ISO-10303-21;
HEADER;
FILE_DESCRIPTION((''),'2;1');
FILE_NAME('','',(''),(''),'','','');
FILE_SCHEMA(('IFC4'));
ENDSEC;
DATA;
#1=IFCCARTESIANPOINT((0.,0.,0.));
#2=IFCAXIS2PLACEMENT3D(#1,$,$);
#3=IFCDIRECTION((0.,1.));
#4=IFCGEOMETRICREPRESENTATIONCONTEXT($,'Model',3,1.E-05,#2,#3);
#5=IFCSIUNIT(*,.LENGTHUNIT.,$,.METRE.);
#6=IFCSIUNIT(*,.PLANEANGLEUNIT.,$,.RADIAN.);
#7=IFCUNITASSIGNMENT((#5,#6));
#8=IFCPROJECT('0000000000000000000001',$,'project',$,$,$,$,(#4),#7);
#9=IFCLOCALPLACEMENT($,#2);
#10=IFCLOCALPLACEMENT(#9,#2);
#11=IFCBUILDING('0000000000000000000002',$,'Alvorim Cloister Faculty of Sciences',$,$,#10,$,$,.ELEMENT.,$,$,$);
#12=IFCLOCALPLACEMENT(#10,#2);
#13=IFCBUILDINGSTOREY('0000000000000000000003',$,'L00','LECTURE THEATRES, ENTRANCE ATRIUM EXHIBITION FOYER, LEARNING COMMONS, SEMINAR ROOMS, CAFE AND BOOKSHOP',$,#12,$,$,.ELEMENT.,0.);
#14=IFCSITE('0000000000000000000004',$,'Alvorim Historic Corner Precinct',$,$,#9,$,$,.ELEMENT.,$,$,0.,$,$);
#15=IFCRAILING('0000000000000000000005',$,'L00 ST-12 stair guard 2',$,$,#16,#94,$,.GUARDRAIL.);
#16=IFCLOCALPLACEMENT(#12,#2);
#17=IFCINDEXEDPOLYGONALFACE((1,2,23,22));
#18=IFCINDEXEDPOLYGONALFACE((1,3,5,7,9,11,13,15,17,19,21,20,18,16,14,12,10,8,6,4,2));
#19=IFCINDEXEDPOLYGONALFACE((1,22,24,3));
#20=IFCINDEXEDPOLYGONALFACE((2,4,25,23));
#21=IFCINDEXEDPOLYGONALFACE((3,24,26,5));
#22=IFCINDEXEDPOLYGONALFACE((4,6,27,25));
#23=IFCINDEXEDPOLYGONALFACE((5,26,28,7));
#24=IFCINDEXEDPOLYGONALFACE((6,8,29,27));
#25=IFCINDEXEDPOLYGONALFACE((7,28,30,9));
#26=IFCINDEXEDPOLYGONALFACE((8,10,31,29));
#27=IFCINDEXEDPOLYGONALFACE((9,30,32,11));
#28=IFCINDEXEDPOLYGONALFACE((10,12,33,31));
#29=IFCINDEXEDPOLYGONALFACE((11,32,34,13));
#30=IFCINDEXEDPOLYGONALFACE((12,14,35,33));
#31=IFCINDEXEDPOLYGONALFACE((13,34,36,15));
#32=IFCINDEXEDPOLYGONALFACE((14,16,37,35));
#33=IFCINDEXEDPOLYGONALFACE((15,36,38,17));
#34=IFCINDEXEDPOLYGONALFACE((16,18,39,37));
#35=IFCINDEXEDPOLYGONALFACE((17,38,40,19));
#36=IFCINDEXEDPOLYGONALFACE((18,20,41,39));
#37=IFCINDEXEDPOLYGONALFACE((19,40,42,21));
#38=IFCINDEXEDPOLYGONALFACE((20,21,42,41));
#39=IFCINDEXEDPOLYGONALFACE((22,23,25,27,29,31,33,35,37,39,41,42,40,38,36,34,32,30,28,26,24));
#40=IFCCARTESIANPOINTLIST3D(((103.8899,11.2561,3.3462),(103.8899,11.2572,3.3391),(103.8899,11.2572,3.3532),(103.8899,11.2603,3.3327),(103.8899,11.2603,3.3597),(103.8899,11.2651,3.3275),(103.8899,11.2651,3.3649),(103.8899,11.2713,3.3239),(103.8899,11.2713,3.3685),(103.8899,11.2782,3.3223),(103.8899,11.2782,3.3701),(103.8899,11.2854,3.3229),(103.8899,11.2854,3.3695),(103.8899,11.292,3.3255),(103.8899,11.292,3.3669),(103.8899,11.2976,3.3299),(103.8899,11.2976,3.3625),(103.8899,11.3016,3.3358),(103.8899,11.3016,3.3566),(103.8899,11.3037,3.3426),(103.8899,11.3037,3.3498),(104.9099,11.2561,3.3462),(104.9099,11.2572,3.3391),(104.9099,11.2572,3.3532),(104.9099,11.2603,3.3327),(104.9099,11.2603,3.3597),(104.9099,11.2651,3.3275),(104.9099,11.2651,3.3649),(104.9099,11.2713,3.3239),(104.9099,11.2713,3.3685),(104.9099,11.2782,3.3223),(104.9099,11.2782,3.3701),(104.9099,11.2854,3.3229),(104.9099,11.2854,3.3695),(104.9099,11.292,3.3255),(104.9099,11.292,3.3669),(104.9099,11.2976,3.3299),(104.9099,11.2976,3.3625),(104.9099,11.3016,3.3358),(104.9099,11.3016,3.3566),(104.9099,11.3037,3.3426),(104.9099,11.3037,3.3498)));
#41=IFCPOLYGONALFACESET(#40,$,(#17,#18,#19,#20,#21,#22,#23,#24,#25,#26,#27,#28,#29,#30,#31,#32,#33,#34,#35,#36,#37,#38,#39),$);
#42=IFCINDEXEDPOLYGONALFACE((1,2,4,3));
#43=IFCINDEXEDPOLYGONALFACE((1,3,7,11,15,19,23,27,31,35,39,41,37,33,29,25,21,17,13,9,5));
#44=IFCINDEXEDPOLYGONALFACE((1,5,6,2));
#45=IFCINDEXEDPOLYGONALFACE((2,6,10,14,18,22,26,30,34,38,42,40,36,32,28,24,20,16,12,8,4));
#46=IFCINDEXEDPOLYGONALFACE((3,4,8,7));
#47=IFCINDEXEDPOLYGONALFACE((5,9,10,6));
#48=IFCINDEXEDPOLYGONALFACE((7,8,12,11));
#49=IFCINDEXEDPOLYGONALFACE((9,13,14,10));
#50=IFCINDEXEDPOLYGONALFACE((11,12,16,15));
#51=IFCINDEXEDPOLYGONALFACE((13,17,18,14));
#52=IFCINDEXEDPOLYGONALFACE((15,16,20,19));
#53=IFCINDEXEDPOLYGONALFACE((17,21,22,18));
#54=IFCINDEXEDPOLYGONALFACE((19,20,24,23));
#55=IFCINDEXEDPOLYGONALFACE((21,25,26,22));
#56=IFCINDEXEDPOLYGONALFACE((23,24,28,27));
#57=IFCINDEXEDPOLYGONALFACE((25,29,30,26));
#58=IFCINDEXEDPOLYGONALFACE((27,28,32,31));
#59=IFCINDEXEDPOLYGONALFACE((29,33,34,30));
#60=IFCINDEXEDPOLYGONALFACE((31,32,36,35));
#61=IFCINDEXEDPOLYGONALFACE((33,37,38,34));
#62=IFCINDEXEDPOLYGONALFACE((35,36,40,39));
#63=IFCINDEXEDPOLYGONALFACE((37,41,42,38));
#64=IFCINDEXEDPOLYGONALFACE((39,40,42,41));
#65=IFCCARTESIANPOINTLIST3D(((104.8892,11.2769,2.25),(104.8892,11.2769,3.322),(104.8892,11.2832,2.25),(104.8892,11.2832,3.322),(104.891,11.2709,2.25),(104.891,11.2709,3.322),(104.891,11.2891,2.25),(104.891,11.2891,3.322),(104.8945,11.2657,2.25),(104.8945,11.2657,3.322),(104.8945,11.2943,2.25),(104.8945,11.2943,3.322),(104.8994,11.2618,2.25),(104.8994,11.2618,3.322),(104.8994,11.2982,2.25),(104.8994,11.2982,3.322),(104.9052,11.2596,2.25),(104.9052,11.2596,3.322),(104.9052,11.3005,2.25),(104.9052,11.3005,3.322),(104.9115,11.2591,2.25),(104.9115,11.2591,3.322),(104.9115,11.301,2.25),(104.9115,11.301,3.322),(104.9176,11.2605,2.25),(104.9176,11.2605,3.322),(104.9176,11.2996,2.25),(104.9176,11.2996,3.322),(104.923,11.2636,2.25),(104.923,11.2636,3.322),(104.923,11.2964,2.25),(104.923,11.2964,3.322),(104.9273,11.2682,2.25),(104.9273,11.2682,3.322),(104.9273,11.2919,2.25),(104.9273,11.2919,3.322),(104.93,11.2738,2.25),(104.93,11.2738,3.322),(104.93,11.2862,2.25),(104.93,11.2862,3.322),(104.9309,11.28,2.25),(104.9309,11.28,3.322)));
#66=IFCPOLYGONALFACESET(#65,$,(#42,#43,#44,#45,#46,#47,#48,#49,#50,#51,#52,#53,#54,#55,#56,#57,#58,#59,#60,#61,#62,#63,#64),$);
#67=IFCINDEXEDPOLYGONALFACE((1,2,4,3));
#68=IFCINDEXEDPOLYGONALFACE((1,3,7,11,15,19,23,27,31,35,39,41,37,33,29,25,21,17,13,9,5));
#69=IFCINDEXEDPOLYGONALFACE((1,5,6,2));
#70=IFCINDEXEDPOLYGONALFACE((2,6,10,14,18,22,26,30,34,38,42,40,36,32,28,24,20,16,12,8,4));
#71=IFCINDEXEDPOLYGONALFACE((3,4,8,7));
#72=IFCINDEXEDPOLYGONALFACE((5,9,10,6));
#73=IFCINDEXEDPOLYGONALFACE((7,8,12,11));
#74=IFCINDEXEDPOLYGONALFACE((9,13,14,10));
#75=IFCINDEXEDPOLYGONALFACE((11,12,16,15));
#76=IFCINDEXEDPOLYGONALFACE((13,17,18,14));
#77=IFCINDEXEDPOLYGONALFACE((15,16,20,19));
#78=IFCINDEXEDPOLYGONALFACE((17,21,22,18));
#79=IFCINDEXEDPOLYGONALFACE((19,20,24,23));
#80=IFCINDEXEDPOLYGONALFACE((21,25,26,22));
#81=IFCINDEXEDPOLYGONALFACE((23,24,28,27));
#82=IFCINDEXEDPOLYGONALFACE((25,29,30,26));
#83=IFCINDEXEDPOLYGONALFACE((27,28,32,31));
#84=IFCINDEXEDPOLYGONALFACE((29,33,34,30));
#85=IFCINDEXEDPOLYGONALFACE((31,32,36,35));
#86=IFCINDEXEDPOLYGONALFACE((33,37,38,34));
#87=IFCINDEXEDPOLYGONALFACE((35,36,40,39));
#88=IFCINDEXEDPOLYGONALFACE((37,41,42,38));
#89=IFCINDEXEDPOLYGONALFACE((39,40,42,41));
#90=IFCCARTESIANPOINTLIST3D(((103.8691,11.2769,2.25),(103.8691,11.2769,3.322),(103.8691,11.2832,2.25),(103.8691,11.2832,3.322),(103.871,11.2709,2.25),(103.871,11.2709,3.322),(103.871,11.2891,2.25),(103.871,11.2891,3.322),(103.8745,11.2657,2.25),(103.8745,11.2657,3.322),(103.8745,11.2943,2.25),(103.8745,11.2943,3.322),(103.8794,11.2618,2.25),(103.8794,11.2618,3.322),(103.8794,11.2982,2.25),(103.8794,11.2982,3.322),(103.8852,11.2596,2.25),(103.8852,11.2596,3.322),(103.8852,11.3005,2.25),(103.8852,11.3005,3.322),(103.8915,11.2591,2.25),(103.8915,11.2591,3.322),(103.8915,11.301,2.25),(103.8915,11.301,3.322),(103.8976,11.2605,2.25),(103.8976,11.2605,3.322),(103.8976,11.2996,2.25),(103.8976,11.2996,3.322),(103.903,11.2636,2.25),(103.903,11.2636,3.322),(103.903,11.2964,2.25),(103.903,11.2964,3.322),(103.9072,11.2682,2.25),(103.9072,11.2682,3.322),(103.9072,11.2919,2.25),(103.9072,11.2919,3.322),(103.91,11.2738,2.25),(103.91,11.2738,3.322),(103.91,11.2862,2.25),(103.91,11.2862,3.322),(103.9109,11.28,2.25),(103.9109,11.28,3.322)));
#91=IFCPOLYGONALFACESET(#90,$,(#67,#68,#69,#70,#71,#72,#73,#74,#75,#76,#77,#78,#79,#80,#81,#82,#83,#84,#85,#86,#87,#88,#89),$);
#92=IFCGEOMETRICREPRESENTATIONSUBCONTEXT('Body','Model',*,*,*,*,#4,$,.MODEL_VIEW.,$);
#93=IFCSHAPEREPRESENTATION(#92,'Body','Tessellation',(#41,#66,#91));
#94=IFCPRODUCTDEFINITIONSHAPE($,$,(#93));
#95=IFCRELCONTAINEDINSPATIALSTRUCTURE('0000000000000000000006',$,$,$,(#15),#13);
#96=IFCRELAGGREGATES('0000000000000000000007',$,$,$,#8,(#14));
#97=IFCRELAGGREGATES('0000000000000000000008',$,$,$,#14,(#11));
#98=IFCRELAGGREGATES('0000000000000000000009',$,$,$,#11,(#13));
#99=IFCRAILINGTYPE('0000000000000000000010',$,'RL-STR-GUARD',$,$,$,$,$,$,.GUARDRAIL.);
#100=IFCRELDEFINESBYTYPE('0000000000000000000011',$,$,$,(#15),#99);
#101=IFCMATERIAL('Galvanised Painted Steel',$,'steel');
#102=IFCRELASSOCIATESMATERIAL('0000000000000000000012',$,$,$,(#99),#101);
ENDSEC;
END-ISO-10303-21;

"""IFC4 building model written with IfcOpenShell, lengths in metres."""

from ifc_helpers import new_model, si_unit, direction, frame, origin, origin_2d, place, context, subcontext, project, spatial, circle, extrude, material, type_object, element, save


model = new_model("IFC4")

# Units and contexts
model_context = context("Model", 3, precision=1e-05, world=origin(), true_north=direction((0.0, 1.0)))
body_context = subcontext(model_context, "Body", "Model", "MODEL_VIEW")
ifc_project = project(units=[si_unit("LENGTHUNIT", "METRE"), si_unit("PLANEANGLEUNIT", "RADIAN")], contexts=[model_context])

# Site, building, storey
site_placement = place(None, origin())
site = spatial("IfcSite", under=ifc_project, at=site_placement, Name="Alvorim Historic Corner Precinct", CompositionType="ELEMENT", RefElevation=0.0)
building_placement = place(site_placement, origin())
building = spatial("IfcBuilding", under=site, at=building_placement, Name="Alvorim Cloister Faculty of Sciences", CompositionType="ELEMENT")
storey_placement = place(building_placement, origin())
storey = spatial("IfcBuildingStorey", under=building, at=storey_placement, Name="L00", Description="LECTURE THEATRES, ENTRANCE ATRIUM EXHIBITION FOYER, LEARNING COMMONS, SEMINAR ROOMS, CAFE AND BOOKSHOP", CompositionType="ELEMENT", Elevation=0.0)

# Railing
ifc_material_1 = material(Name="Galvanised Painted Steel", Category="steel")
railing_type_1 = type_object("IfcRailingType", Name="RL-STR-GUARD", PredefinedType="GUARDRAIL", material=ifc_material_1)
railing_1_placement = place(storey_placement, frame((104.9099, 11.28, 2.25)))
element("IfcRailing", 1, at=railing_1_placement, inside=storey, type_object=railing_type_1, Name="L00 ST-12 stair guard 2", PredefinedType="GUARDRAIL", context=body_context, shape_type="SweptSolid", body=[
    extrude(circle(Radius=0.0239, at=origin_2d()), frame((0.0, 0.0, 1.0962), z_axis=(-1.0, 0.0, 0.0), x_axis=(0.0, -1.0, 0.0)), (0.0, 0.0, 1.0), 1.02),
    extrude(circle(Radius=0.021, at=origin_2d()), origin(), (0.0, 0.0, 1.0), 1.072),
    extrude(circle(Radius=0.021, at=origin_2d()), frame((-1.02, 0.0, 0.0)), (0.0, 0.0, 1.0), 1.072),
])

save(model, "model.ifc")
